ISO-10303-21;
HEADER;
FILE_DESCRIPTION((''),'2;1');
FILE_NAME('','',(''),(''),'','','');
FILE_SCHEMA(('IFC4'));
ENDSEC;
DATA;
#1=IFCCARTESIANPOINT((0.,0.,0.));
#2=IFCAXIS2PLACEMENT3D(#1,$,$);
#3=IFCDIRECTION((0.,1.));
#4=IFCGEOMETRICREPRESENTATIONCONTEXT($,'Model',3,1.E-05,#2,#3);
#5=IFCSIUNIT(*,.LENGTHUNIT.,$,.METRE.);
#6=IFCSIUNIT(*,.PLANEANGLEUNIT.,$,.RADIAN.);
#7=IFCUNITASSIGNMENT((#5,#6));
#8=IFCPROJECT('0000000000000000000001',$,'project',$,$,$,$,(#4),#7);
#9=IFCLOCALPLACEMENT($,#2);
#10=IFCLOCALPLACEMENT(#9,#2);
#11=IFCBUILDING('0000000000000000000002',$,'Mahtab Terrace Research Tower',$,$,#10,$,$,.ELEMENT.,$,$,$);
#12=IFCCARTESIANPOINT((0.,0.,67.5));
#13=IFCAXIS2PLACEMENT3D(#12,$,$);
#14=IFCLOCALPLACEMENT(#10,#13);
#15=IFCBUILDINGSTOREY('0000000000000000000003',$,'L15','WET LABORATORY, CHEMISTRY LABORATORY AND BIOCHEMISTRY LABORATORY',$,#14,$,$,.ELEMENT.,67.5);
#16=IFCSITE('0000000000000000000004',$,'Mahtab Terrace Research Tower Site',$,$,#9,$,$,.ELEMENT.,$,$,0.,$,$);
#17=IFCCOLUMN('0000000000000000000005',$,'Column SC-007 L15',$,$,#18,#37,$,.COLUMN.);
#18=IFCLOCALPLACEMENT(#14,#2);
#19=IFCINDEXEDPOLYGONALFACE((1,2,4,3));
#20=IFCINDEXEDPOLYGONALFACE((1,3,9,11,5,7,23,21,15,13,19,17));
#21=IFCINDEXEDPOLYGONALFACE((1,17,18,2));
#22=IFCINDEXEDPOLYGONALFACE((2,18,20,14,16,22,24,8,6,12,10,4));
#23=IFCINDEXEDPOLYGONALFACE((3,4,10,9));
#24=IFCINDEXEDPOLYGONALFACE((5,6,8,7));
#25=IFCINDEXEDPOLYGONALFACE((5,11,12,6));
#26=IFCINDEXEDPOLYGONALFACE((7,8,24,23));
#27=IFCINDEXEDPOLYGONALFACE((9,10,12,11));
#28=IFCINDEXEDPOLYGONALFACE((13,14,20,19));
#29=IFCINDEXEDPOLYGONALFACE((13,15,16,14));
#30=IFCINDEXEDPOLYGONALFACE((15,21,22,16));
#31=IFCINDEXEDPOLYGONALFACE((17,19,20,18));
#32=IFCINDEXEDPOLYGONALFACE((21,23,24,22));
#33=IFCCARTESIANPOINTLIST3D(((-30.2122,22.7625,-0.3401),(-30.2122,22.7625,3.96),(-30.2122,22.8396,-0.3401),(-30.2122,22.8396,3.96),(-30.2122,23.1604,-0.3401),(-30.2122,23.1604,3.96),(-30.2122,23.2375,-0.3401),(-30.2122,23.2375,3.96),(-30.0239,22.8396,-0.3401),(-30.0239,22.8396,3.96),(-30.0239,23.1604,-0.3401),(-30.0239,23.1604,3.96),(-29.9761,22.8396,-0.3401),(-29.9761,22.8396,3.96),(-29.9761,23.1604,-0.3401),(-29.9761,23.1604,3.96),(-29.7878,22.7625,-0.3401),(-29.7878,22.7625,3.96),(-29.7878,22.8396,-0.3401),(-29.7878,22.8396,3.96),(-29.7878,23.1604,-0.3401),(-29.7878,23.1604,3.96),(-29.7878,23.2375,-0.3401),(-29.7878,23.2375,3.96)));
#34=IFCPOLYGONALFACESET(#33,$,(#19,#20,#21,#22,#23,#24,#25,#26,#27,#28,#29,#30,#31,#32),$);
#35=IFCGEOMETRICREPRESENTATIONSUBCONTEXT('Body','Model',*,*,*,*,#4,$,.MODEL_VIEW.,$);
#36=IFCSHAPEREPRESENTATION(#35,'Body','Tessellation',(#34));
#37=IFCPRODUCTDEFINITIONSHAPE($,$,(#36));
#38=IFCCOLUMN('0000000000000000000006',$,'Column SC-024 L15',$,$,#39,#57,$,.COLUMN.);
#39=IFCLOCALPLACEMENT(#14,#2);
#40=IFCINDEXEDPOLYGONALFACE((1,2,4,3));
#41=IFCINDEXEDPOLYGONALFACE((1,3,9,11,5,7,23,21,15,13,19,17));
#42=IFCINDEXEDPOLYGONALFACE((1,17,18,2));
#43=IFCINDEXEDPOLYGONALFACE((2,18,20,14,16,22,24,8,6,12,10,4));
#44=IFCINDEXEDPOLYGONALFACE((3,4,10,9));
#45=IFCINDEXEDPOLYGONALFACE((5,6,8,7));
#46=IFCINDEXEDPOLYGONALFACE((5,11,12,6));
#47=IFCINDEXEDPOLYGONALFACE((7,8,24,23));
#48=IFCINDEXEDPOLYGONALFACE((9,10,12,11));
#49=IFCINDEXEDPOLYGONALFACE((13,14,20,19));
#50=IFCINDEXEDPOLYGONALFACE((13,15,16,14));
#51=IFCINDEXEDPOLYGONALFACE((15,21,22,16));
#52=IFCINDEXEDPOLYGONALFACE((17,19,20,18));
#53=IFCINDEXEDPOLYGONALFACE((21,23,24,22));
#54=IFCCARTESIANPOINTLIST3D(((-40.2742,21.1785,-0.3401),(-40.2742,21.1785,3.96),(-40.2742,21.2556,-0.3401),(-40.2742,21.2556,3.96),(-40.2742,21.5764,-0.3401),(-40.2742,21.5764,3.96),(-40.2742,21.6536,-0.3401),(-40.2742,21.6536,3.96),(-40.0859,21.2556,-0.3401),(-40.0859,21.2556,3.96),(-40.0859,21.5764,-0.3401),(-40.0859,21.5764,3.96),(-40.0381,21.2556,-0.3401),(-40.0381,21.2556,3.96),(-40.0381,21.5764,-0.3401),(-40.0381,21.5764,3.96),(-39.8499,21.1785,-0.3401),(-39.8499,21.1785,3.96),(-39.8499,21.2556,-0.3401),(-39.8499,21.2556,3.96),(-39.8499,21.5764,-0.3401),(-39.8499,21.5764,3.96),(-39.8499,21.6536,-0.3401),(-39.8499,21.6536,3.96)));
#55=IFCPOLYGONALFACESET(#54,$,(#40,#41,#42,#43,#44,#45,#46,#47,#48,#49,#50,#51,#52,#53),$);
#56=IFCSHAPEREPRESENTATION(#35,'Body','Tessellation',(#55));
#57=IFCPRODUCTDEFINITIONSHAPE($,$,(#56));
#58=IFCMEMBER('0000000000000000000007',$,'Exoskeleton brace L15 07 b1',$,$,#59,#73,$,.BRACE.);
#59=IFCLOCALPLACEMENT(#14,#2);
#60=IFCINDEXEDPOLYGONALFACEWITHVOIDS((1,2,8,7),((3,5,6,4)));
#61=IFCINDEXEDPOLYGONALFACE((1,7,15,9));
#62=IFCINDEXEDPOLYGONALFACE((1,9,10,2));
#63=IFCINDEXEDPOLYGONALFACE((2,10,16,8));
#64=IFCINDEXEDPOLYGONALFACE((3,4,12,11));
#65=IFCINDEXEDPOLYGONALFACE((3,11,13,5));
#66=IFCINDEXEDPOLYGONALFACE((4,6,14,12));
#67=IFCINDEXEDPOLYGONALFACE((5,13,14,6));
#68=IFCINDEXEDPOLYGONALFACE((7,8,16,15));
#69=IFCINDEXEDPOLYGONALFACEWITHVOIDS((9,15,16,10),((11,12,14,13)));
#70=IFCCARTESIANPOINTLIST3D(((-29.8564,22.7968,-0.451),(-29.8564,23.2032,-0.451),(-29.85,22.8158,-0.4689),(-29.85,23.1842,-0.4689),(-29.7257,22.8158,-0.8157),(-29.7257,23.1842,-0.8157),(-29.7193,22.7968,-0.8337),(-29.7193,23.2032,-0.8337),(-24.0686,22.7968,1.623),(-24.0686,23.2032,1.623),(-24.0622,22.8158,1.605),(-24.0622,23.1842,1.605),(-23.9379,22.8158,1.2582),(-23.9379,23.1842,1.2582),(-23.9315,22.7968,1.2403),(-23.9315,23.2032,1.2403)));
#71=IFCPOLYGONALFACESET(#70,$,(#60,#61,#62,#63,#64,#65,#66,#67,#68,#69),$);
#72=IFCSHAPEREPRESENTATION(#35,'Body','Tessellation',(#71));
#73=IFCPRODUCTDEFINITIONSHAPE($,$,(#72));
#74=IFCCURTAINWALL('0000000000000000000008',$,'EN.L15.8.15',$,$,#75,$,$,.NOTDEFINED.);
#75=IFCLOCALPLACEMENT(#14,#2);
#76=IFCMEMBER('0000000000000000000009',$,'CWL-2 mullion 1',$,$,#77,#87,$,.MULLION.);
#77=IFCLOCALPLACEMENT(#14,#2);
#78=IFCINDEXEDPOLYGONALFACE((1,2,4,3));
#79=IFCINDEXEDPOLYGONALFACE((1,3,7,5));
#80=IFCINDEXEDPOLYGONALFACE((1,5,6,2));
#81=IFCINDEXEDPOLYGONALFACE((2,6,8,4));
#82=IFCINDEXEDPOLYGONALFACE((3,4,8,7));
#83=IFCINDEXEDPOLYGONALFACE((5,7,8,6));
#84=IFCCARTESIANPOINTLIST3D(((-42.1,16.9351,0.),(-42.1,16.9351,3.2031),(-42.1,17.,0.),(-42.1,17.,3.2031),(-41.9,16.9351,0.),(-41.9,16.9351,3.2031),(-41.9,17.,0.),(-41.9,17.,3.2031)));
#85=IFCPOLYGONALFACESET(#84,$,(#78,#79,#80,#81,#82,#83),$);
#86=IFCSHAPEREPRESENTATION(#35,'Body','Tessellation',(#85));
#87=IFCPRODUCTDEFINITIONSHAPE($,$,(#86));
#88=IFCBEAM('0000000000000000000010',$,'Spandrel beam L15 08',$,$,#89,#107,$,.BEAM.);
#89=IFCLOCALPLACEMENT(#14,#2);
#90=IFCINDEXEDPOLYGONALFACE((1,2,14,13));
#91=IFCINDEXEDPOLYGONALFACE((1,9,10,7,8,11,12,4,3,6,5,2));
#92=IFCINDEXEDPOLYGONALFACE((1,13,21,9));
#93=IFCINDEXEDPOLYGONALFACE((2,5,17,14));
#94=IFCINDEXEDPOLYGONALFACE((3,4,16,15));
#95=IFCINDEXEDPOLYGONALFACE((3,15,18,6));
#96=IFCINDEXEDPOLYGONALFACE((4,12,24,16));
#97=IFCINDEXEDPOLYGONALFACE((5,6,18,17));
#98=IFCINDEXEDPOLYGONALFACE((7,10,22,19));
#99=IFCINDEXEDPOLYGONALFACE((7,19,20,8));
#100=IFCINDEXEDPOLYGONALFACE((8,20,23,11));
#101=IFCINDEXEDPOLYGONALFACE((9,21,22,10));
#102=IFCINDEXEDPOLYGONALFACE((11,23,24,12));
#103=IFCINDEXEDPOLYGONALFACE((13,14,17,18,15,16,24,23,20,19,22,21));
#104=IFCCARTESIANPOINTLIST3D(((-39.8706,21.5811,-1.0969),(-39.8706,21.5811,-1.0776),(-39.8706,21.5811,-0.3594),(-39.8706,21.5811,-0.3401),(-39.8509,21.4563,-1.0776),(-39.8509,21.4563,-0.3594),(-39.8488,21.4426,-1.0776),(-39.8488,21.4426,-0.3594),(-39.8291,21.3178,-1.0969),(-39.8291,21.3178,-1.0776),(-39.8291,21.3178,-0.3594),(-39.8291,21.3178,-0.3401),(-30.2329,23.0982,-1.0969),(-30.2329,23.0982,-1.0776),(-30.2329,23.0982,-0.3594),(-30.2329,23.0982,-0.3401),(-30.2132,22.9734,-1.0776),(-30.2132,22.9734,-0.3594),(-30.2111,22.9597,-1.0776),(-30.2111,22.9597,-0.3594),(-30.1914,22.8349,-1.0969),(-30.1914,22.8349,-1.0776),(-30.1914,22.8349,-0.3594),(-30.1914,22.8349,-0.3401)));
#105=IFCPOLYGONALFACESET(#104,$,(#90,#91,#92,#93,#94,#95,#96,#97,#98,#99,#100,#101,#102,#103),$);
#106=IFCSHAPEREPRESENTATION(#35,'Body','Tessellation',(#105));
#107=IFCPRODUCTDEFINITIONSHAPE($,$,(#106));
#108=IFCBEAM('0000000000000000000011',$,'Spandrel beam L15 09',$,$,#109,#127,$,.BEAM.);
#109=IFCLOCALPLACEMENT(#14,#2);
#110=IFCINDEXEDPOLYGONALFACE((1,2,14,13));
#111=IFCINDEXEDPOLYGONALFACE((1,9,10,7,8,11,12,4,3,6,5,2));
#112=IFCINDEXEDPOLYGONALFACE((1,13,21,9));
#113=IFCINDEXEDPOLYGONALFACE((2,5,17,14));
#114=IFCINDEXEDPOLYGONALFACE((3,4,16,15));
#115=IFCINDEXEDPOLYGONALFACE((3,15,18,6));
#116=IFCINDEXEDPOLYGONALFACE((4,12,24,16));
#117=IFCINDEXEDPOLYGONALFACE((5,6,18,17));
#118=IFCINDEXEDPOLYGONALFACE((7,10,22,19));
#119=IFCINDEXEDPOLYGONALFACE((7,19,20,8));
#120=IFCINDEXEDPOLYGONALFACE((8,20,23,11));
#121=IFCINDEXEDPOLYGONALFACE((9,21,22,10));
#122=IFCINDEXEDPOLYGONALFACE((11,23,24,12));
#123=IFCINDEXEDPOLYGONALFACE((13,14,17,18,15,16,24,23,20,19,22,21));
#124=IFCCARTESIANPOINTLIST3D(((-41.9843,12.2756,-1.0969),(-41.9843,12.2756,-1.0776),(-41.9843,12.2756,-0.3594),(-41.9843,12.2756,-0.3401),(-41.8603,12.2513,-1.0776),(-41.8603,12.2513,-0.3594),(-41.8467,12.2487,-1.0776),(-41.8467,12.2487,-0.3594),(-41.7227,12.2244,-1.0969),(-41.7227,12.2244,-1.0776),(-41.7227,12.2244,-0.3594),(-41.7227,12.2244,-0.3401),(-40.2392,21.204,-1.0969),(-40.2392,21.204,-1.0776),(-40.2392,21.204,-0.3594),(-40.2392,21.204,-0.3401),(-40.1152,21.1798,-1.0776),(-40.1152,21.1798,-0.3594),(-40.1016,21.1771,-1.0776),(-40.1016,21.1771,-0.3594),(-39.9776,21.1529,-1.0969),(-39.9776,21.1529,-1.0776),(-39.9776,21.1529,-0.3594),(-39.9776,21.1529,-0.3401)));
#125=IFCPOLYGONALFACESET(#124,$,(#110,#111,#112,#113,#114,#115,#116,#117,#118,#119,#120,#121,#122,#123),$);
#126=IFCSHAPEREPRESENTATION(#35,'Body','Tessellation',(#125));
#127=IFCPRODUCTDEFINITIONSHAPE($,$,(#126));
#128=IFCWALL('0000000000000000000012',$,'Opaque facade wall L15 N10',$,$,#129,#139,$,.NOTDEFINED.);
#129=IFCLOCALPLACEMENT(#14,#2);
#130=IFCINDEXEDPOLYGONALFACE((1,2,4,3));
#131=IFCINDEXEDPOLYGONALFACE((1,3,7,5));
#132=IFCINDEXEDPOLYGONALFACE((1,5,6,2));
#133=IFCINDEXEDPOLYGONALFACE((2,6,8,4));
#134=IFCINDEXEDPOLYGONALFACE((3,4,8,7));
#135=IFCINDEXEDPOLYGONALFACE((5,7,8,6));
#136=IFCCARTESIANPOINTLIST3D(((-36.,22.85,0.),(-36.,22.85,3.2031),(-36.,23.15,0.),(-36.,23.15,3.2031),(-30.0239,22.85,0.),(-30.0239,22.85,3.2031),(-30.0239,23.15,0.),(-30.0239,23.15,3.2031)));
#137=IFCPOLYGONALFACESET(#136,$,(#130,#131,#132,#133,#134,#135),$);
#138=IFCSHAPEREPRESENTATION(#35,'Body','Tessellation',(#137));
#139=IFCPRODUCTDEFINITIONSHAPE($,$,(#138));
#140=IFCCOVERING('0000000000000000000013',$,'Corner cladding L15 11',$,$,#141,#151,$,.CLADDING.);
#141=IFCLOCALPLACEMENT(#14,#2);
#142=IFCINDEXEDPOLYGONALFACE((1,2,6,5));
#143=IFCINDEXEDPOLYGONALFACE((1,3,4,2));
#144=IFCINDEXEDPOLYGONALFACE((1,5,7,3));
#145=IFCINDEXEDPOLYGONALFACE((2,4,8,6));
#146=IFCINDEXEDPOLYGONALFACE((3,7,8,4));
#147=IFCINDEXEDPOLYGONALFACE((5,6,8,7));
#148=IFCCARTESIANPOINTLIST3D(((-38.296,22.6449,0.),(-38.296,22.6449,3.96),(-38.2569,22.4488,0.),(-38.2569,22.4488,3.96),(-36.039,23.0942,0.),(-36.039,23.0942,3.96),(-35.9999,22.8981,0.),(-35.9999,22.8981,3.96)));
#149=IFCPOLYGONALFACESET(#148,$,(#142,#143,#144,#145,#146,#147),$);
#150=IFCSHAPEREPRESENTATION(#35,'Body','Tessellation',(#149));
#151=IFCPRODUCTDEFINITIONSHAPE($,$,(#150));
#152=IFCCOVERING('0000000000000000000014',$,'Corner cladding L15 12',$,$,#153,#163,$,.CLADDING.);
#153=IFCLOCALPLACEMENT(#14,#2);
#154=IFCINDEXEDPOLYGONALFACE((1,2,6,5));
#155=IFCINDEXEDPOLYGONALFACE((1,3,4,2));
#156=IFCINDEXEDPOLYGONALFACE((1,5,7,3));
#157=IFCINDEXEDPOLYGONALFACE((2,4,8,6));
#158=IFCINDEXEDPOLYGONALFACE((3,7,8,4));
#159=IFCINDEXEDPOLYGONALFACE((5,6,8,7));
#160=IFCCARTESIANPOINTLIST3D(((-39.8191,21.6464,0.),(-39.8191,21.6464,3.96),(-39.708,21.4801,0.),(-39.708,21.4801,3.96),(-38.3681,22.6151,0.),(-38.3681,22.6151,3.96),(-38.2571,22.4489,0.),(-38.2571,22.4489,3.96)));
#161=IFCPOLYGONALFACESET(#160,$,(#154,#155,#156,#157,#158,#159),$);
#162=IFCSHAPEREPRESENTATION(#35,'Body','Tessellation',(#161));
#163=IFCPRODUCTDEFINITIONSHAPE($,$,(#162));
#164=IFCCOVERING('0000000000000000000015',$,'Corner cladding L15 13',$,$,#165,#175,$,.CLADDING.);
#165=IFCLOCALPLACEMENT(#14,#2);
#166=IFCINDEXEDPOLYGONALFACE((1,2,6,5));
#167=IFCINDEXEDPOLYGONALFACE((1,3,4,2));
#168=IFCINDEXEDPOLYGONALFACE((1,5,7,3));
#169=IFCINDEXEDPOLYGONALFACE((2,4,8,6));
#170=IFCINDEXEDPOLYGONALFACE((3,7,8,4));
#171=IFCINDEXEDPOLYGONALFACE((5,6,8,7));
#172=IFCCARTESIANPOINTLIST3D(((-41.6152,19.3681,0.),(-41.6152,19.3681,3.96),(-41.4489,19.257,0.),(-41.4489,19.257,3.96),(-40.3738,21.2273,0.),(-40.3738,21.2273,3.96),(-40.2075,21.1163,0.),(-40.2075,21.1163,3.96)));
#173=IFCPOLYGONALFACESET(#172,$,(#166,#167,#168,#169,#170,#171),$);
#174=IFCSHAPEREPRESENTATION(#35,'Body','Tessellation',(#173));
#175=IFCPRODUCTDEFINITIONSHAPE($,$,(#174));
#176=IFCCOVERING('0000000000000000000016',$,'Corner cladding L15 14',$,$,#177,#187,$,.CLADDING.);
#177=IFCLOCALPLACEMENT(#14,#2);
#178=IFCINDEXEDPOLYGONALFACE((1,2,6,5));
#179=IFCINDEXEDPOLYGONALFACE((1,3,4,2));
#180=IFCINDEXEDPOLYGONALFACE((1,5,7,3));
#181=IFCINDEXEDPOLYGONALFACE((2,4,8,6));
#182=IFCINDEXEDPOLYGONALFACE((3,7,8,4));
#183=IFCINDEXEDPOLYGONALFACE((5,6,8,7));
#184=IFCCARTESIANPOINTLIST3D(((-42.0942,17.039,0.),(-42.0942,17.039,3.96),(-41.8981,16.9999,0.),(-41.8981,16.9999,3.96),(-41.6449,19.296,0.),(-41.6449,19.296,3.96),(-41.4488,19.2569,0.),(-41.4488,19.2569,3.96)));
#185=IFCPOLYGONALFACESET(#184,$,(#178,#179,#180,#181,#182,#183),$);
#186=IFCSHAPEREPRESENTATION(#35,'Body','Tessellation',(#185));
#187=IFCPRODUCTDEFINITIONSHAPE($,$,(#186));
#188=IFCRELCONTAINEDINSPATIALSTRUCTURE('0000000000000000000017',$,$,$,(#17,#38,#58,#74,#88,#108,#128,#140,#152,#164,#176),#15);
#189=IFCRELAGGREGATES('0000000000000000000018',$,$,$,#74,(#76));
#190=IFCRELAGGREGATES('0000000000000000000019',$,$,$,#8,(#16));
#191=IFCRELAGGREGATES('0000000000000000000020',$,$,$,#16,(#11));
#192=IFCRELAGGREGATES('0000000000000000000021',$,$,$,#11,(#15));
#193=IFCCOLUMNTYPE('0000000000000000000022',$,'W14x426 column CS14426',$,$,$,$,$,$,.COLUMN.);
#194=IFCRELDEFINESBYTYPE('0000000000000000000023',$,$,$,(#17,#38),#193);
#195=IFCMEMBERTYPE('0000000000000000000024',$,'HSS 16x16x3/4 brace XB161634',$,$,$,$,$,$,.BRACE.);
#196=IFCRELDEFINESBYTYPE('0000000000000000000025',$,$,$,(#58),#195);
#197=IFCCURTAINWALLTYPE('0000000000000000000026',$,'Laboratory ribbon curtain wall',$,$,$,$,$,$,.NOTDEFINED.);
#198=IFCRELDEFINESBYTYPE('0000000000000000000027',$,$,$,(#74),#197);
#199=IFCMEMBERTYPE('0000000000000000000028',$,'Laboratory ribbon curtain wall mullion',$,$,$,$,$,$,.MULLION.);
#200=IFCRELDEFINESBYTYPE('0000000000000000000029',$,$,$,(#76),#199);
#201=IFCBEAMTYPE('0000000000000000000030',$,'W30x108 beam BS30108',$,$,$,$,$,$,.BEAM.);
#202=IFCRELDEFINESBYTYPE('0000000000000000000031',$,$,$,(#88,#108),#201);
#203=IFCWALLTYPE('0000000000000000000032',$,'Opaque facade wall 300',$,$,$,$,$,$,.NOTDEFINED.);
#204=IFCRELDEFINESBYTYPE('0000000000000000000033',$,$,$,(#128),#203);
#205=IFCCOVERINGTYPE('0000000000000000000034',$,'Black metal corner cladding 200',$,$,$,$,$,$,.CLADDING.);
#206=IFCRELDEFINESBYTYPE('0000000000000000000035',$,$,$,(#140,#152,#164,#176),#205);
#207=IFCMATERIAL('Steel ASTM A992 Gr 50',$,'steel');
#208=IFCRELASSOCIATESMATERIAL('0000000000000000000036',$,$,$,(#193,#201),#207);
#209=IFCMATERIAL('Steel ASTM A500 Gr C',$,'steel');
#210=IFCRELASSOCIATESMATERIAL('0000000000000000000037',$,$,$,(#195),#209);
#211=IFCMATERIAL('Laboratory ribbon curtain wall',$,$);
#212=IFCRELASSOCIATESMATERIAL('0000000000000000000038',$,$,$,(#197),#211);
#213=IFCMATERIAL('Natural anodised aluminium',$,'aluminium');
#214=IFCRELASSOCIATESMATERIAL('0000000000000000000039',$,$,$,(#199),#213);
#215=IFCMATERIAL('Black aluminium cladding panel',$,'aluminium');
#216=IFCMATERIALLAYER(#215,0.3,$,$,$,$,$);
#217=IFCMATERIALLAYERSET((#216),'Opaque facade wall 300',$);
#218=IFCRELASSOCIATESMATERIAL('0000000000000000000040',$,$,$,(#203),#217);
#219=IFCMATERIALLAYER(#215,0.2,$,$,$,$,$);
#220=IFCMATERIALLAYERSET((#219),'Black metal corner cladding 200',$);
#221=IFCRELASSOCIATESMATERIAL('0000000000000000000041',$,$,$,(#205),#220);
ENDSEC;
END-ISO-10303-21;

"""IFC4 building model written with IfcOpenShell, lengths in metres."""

from ifc_helpers import new_model, si_unit, direction, frame, frame_2d, origin, origin_2d, place, context, subcontext, project, spatial, rectangle, hollow_rectangle, i_section, extrude, material, layer, layer_set, material_profile, profile_set, type_object, element, aggregate, save


model = new_model("IFC4")

# Units and contexts
model_context = context("Model", 3, precision=1e-05, world=origin(), true_north=direction((0.0, 1.0)))
body_context = subcontext(model_context, "Body", "Model", "MODEL_VIEW")
ifc_project = project(units=[si_unit("LENGTHUNIT", "METRE"), si_unit("PLANEANGLEUNIT", "RADIAN")], contexts=[model_context])

# Site, building, storey
site_placement = place(None, origin())
site = spatial("IfcSite", under=ifc_project, at=site_placement, Name="Mahtab Terrace Research Tower Site", CompositionType="ELEMENT", RefElevation=0.0)
building_placement = place(site_placement, origin())
building = spatial("IfcBuilding", under=site, at=building_placement, Name="Mahtab Terrace Research Tower", CompositionType="ELEMENT")
storey_placement = place(building_placement, frame((0.0, 0.0, 67.5)))
storey = spatial("IfcBuildingStorey", under=building, at=storey_placement, Name="L15", Description="WET LABORATORY, CHEMISTRY LABORATORY AND BIOCHEMISTRY LABORATORY", CompositionType="ELEMENT", Elevation=67.5)

# Columns
ifc_material_1 = material(Name="Steel ASTM A992 Gr 50", Category="steel")
ifc_material_profile_1 = material_profile(ifc_material_1, i_section(OverallWidth=0.4243, OverallDepth=0.4751, WebThickness=0.0479, FlangeThickness=0.0771, at=origin_2d()), Name="W14X426")
ifc_profile_set_1 = profile_set([ifc_material_profile_1], Name="Steel ASTM A992 Gr 50")
column_type = type_object("IfcColumnType", Name="W14x426 column CS14426", PredefinedType="COLUMN", material=ifc_profile_set_1)
for number, where, z_axis, x_axis, name in (
    (1, (-30.0, 23.0, -0.3401), (0.0, 0.0, 1.0), (1.0, 0.0, 0.0), "Column SC-007 L15"),
    (2, (-40.062, 21.416, -0.3401), (0.0, 0.0, 1.0), (1.0, 0.0, 0.0), "Column SC-024 L15"),
):
    element("IfcColumn", number, at=place(storey_placement, frame(where, z_axis=z_axis, x_axis=x_axis)), inside=storey, type_object=column_type, Name=name, PredefinedType="COLUMN", context=body_context, shape_type="SweptSolid", body=[
        extrude(i_section(OverallWidth=0.4243, OverallDepth=0.4751, WebThickness=0.0479, FlangeThickness=0.0771, at=origin_2d()), origin(), (0.0, 0.0, 1.0), 4.3),
    ])

# Member
ifc_material_2 = material(Name="Steel ASTM A500 Gr C", Category="steel")
ifc_material_profile_2 = material_profile(ifc_material_2, hollow_rectangle(XDim=0.4065, YDim=0.4065, WallThickness=0.019, at=origin_2d()), Name="HSS16X16X3/4")
ifc_profile_set_2 = profile_set([ifc_material_profile_2], Name="Steel ASTM A500 Gr C")
member_type_1 = type_object("IfcMemberType", Name="HSS 16x16x3/4 brace XB161634", PredefinedType="BRACE", material=ifc_profile_set_2)
member_1_placement = place(storey_placement, frame((-29.7878, 23.0, -0.6423), z_axis=(0.941387, 0.0, 0.33733), x_axis=(0.0, 1.0, 0.0)))
element("IfcMember", 3, at=member_1_placement, inside=storey, type_object=member_type_1, Name="Exoskeleton brace L15 07 b1", PredefinedType="BRACE", context=body_context, shape_type="SweptSolid", body=[
    extrude(hollow_rectangle(XDim=0.4065, YDim=0.4065, WallThickness=0.019, at=origin_2d()), origin(), (0.0, 0.0, 1.0), 6.1482),
])

# Curtain wall, member
ifc_material_3 = material(Name="Laboratory ribbon curtain wall")
curtain_wall_type = type_object("IfcCurtainWallType", Name="Laboratory ribbon curtain wall", PredefinedType="NOTDEFINED", material=ifc_material_3)
curtain_wall_placement = place(storey_placement, origin())
curtain_wall = element("IfcCurtainWall", 4, at=curtain_wall_placement, inside=storey, type_object=curtain_wall_type, Name="EN.L15.8.15", PredefinedType="NOTDEFINED")
ifc_material_4 = material(Name="Natural anodised aluminium", Category="aluminium")
ifc_material_profile_3 = material_profile(ifc_material_4, rectangle(XDim=0.2, YDim=0.0649, at=origin_2d()), Name="MULLION 65x200")
ifc_profile_set_3 = profile_set([ifc_material_profile_3], Name="Natural anodised aluminium")
member_type_2 = type_object("IfcMemberType", Name="Laboratory ribbon curtain wall mullion", PredefinedType="MULLION", material=ifc_profile_set_3)
member_2_placement = place(storey_placement, frame((-42.0, 16.9675, 0.0), z_axis=(0.0, 0.0, 1.0), x_axis=(1.0, 0.0, 0.0)))
member_2 = element("IfcMember", 5, at=member_2_placement, type_object=member_type_2, Name="CWL-2 mullion 1", PredefinedType="MULLION", context=body_context, shape_type="SweptSolid", body=[
    extrude(rectangle(XDim=0.2, YDim=0.0649, at=origin_2d()), origin(), (0.0, 0.0, 1.0), 3.2031),
])
aggregate(curtain_wall, [member_2])

# Beams
ifc_material_profile_4 = material_profile(ifc_material_1, i_section(OverallWidth=0.2666, OverallDepth=0.7568, WebThickness=0.0139, FlangeThickness=0.0193, at=origin_2d()), Name="W30X108")
ifc_profile_set_4 = profile_set([ifc_material_profile_4], Name="Steel ASTM A992 Gr 50")
beam_type = type_object("IfcBeamType", Name="W30x108 beam BS30108", PredefinedType="BEAM", material=ifc_profile_set_4)
beam_1_placement = place(storey_placement, frame((-30.2122, 22.9666, -0.7185), z_axis=(-0.987836, -0.155497, 0.0), x_axis=(0.155497, -0.987836, 0.0)))
element("IfcBeam", 6, at=beam_1_placement, inside=storey, type_object=beam_type, Name="Spandrel beam L15 08", PredefinedType="BEAM", context=body_context, shape_type="SweptSolid", body=[
    extrude(i_section(OverallWidth=0.2666, OverallDepth=0.7568, WebThickness=0.0139, FlangeThickness=0.0193, at=origin_2d()), origin(), (0.0, 0.0, 1.0), 9.7563),
])
beam_2_placement = place(storey_placement, frame((-40.1084, 21.1785, -0.7185), z_axis=(-0.191826, -0.981429, 0.0), x_axis=(0.981429, -0.191826, 0.0)))
element("IfcBeam", 7, at=beam_2_placement, inside=storey, type_object=beam_type, Name="Spandrel beam L15 09", PredefinedType="BEAM", context=body_context, shape_type="SweptSolid", body=[
    extrude(i_section(OverallWidth=0.2666, OverallDepth=0.7568, WebThickness=0.0139, FlangeThickness=0.0193, at=origin_2d()), origin(), (0.0, 0.0, 1.0), 9.0974),
])

# Wall
ifc_material_5 = material(Name="Black aluminium cladding panel", Category="aluminium")
ifc_layer_1 = layer(ifc_material_5, 0.3)
ifc_layer_set_1 = layer_set([ifc_layer_1], Name="Opaque facade wall 300")
wall_type_1 = type_object("IfcWallType", Name="Opaque facade wall 300", PredefinedType="NOTDEFINED", material=ifc_layer_set_1)
wall_1_placement = place(storey_placement, frame((-30.0239, 23.0, 0.0), z_axis=(0.0, 0.0, 1.0), x_axis=(-1.0, 0.0, 0.0)))
element("IfcWall", 8, at=wall_1_placement, inside=storey, type_object=wall_type_1, Name="Opaque facade wall L15 N10", PredefinedType="NOTDEFINED", context=body_context, shape_type="SweptSolid", body=[
    extrude(rectangle(XDim=5.9761, YDim=0.3, at=frame_2d((2.988, 0.0))), origin(), (0.0, 0.0, 1.0), 3.2031),
])

# Coverings
ifc_layer_2 = layer(ifc_material_5, 0.2)
ifc_layer_set_2 = layer_set([ifc_layer_2], Name="Black metal corner cladding 200")
covering_type = type_object("IfcCoveringType", Name="Black metal corner cladding 200", PredefinedType="CLADDING", material=ifc_layer_set_2)
covering_1_placement = place(storey_placement, frame((-37.1479, 22.7715, 0.0), z_axis=(0.0, 0.0, 1.0), x_axis=(-0.980761, -0.195212, 0.0)))
element("IfcCovering", 9, at=covering_1_placement, inside=storey, type_object=covering_type, Name="Corner cladding L15 11", PredefinedType="CLADDING", context=body_context, shape_type="SweptSolid", body=[
    extrude(rectangle(XDim=2.3013, YDim=0.2, at=origin_2d()), origin(), (0.0, 0.0, 1.0), 3.96),
])
covering_2_placement = place(storey_placement, frame((-39.0381, 22.0476, 0.0), z_axis=(0.0, 0.0, 1.0), x_axis=(-0.831656, -0.555291, 0.0)))
element("IfcCovering", 10, at=covering_2_placement, inside=storey, type_object=covering_type, Name="Corner cladding L15 12", PredefinedType="CLADDING", context=body_context, shape_type="SweptSolid", body=[
    extrude(rectangle(XDim=1.7446, YDim=0.2, at=origin_2d()), origin(), (0.0, 0.0, 1.0), 3.96),
])
covering_3_placement = place(storey_placement, frame((-40.9114, 20.2422, 0.0), z_axis=(0.0, 0.0, 1.0), x_axis=(-0.555291, -0.831656, 0.0)))
element("IfcCovering", 11, at=covering_3_placement, inside=storey, type_object=covering_type, Name="Corner cladding L15 13", PredefinedType="CLADDING", context=body_context, shape_type="SweptSolid", body=[
    extrude(rectangle(XDim=2.2356, YDim=0.2, at=origin_2d()), origin(), (0.0, 0.0, 1.0), 3.96),
])
covering_4_placement = place(storey_placement, frame((-41.7715, 18.1479, 0.0), z_axis=(0.0, 0.0, 1.0), x_axis=(-0.195212, -0.980761, 0.0)))
element("IfcCovering", 12, at=covering_4_placement, inside=storey, type_object=covering_type, Name="Corner cladding L15 14", PredefinedType="CLADDING", context=body_context, shape_type="SweptSolid", body=[
    extrude(rectangle(XDim=2.3013, YDim=0.2, at=origin_2d()), origin(), (0.0, 0.0, 1.0), 3.96),
])

save(model, "model.ifc")
